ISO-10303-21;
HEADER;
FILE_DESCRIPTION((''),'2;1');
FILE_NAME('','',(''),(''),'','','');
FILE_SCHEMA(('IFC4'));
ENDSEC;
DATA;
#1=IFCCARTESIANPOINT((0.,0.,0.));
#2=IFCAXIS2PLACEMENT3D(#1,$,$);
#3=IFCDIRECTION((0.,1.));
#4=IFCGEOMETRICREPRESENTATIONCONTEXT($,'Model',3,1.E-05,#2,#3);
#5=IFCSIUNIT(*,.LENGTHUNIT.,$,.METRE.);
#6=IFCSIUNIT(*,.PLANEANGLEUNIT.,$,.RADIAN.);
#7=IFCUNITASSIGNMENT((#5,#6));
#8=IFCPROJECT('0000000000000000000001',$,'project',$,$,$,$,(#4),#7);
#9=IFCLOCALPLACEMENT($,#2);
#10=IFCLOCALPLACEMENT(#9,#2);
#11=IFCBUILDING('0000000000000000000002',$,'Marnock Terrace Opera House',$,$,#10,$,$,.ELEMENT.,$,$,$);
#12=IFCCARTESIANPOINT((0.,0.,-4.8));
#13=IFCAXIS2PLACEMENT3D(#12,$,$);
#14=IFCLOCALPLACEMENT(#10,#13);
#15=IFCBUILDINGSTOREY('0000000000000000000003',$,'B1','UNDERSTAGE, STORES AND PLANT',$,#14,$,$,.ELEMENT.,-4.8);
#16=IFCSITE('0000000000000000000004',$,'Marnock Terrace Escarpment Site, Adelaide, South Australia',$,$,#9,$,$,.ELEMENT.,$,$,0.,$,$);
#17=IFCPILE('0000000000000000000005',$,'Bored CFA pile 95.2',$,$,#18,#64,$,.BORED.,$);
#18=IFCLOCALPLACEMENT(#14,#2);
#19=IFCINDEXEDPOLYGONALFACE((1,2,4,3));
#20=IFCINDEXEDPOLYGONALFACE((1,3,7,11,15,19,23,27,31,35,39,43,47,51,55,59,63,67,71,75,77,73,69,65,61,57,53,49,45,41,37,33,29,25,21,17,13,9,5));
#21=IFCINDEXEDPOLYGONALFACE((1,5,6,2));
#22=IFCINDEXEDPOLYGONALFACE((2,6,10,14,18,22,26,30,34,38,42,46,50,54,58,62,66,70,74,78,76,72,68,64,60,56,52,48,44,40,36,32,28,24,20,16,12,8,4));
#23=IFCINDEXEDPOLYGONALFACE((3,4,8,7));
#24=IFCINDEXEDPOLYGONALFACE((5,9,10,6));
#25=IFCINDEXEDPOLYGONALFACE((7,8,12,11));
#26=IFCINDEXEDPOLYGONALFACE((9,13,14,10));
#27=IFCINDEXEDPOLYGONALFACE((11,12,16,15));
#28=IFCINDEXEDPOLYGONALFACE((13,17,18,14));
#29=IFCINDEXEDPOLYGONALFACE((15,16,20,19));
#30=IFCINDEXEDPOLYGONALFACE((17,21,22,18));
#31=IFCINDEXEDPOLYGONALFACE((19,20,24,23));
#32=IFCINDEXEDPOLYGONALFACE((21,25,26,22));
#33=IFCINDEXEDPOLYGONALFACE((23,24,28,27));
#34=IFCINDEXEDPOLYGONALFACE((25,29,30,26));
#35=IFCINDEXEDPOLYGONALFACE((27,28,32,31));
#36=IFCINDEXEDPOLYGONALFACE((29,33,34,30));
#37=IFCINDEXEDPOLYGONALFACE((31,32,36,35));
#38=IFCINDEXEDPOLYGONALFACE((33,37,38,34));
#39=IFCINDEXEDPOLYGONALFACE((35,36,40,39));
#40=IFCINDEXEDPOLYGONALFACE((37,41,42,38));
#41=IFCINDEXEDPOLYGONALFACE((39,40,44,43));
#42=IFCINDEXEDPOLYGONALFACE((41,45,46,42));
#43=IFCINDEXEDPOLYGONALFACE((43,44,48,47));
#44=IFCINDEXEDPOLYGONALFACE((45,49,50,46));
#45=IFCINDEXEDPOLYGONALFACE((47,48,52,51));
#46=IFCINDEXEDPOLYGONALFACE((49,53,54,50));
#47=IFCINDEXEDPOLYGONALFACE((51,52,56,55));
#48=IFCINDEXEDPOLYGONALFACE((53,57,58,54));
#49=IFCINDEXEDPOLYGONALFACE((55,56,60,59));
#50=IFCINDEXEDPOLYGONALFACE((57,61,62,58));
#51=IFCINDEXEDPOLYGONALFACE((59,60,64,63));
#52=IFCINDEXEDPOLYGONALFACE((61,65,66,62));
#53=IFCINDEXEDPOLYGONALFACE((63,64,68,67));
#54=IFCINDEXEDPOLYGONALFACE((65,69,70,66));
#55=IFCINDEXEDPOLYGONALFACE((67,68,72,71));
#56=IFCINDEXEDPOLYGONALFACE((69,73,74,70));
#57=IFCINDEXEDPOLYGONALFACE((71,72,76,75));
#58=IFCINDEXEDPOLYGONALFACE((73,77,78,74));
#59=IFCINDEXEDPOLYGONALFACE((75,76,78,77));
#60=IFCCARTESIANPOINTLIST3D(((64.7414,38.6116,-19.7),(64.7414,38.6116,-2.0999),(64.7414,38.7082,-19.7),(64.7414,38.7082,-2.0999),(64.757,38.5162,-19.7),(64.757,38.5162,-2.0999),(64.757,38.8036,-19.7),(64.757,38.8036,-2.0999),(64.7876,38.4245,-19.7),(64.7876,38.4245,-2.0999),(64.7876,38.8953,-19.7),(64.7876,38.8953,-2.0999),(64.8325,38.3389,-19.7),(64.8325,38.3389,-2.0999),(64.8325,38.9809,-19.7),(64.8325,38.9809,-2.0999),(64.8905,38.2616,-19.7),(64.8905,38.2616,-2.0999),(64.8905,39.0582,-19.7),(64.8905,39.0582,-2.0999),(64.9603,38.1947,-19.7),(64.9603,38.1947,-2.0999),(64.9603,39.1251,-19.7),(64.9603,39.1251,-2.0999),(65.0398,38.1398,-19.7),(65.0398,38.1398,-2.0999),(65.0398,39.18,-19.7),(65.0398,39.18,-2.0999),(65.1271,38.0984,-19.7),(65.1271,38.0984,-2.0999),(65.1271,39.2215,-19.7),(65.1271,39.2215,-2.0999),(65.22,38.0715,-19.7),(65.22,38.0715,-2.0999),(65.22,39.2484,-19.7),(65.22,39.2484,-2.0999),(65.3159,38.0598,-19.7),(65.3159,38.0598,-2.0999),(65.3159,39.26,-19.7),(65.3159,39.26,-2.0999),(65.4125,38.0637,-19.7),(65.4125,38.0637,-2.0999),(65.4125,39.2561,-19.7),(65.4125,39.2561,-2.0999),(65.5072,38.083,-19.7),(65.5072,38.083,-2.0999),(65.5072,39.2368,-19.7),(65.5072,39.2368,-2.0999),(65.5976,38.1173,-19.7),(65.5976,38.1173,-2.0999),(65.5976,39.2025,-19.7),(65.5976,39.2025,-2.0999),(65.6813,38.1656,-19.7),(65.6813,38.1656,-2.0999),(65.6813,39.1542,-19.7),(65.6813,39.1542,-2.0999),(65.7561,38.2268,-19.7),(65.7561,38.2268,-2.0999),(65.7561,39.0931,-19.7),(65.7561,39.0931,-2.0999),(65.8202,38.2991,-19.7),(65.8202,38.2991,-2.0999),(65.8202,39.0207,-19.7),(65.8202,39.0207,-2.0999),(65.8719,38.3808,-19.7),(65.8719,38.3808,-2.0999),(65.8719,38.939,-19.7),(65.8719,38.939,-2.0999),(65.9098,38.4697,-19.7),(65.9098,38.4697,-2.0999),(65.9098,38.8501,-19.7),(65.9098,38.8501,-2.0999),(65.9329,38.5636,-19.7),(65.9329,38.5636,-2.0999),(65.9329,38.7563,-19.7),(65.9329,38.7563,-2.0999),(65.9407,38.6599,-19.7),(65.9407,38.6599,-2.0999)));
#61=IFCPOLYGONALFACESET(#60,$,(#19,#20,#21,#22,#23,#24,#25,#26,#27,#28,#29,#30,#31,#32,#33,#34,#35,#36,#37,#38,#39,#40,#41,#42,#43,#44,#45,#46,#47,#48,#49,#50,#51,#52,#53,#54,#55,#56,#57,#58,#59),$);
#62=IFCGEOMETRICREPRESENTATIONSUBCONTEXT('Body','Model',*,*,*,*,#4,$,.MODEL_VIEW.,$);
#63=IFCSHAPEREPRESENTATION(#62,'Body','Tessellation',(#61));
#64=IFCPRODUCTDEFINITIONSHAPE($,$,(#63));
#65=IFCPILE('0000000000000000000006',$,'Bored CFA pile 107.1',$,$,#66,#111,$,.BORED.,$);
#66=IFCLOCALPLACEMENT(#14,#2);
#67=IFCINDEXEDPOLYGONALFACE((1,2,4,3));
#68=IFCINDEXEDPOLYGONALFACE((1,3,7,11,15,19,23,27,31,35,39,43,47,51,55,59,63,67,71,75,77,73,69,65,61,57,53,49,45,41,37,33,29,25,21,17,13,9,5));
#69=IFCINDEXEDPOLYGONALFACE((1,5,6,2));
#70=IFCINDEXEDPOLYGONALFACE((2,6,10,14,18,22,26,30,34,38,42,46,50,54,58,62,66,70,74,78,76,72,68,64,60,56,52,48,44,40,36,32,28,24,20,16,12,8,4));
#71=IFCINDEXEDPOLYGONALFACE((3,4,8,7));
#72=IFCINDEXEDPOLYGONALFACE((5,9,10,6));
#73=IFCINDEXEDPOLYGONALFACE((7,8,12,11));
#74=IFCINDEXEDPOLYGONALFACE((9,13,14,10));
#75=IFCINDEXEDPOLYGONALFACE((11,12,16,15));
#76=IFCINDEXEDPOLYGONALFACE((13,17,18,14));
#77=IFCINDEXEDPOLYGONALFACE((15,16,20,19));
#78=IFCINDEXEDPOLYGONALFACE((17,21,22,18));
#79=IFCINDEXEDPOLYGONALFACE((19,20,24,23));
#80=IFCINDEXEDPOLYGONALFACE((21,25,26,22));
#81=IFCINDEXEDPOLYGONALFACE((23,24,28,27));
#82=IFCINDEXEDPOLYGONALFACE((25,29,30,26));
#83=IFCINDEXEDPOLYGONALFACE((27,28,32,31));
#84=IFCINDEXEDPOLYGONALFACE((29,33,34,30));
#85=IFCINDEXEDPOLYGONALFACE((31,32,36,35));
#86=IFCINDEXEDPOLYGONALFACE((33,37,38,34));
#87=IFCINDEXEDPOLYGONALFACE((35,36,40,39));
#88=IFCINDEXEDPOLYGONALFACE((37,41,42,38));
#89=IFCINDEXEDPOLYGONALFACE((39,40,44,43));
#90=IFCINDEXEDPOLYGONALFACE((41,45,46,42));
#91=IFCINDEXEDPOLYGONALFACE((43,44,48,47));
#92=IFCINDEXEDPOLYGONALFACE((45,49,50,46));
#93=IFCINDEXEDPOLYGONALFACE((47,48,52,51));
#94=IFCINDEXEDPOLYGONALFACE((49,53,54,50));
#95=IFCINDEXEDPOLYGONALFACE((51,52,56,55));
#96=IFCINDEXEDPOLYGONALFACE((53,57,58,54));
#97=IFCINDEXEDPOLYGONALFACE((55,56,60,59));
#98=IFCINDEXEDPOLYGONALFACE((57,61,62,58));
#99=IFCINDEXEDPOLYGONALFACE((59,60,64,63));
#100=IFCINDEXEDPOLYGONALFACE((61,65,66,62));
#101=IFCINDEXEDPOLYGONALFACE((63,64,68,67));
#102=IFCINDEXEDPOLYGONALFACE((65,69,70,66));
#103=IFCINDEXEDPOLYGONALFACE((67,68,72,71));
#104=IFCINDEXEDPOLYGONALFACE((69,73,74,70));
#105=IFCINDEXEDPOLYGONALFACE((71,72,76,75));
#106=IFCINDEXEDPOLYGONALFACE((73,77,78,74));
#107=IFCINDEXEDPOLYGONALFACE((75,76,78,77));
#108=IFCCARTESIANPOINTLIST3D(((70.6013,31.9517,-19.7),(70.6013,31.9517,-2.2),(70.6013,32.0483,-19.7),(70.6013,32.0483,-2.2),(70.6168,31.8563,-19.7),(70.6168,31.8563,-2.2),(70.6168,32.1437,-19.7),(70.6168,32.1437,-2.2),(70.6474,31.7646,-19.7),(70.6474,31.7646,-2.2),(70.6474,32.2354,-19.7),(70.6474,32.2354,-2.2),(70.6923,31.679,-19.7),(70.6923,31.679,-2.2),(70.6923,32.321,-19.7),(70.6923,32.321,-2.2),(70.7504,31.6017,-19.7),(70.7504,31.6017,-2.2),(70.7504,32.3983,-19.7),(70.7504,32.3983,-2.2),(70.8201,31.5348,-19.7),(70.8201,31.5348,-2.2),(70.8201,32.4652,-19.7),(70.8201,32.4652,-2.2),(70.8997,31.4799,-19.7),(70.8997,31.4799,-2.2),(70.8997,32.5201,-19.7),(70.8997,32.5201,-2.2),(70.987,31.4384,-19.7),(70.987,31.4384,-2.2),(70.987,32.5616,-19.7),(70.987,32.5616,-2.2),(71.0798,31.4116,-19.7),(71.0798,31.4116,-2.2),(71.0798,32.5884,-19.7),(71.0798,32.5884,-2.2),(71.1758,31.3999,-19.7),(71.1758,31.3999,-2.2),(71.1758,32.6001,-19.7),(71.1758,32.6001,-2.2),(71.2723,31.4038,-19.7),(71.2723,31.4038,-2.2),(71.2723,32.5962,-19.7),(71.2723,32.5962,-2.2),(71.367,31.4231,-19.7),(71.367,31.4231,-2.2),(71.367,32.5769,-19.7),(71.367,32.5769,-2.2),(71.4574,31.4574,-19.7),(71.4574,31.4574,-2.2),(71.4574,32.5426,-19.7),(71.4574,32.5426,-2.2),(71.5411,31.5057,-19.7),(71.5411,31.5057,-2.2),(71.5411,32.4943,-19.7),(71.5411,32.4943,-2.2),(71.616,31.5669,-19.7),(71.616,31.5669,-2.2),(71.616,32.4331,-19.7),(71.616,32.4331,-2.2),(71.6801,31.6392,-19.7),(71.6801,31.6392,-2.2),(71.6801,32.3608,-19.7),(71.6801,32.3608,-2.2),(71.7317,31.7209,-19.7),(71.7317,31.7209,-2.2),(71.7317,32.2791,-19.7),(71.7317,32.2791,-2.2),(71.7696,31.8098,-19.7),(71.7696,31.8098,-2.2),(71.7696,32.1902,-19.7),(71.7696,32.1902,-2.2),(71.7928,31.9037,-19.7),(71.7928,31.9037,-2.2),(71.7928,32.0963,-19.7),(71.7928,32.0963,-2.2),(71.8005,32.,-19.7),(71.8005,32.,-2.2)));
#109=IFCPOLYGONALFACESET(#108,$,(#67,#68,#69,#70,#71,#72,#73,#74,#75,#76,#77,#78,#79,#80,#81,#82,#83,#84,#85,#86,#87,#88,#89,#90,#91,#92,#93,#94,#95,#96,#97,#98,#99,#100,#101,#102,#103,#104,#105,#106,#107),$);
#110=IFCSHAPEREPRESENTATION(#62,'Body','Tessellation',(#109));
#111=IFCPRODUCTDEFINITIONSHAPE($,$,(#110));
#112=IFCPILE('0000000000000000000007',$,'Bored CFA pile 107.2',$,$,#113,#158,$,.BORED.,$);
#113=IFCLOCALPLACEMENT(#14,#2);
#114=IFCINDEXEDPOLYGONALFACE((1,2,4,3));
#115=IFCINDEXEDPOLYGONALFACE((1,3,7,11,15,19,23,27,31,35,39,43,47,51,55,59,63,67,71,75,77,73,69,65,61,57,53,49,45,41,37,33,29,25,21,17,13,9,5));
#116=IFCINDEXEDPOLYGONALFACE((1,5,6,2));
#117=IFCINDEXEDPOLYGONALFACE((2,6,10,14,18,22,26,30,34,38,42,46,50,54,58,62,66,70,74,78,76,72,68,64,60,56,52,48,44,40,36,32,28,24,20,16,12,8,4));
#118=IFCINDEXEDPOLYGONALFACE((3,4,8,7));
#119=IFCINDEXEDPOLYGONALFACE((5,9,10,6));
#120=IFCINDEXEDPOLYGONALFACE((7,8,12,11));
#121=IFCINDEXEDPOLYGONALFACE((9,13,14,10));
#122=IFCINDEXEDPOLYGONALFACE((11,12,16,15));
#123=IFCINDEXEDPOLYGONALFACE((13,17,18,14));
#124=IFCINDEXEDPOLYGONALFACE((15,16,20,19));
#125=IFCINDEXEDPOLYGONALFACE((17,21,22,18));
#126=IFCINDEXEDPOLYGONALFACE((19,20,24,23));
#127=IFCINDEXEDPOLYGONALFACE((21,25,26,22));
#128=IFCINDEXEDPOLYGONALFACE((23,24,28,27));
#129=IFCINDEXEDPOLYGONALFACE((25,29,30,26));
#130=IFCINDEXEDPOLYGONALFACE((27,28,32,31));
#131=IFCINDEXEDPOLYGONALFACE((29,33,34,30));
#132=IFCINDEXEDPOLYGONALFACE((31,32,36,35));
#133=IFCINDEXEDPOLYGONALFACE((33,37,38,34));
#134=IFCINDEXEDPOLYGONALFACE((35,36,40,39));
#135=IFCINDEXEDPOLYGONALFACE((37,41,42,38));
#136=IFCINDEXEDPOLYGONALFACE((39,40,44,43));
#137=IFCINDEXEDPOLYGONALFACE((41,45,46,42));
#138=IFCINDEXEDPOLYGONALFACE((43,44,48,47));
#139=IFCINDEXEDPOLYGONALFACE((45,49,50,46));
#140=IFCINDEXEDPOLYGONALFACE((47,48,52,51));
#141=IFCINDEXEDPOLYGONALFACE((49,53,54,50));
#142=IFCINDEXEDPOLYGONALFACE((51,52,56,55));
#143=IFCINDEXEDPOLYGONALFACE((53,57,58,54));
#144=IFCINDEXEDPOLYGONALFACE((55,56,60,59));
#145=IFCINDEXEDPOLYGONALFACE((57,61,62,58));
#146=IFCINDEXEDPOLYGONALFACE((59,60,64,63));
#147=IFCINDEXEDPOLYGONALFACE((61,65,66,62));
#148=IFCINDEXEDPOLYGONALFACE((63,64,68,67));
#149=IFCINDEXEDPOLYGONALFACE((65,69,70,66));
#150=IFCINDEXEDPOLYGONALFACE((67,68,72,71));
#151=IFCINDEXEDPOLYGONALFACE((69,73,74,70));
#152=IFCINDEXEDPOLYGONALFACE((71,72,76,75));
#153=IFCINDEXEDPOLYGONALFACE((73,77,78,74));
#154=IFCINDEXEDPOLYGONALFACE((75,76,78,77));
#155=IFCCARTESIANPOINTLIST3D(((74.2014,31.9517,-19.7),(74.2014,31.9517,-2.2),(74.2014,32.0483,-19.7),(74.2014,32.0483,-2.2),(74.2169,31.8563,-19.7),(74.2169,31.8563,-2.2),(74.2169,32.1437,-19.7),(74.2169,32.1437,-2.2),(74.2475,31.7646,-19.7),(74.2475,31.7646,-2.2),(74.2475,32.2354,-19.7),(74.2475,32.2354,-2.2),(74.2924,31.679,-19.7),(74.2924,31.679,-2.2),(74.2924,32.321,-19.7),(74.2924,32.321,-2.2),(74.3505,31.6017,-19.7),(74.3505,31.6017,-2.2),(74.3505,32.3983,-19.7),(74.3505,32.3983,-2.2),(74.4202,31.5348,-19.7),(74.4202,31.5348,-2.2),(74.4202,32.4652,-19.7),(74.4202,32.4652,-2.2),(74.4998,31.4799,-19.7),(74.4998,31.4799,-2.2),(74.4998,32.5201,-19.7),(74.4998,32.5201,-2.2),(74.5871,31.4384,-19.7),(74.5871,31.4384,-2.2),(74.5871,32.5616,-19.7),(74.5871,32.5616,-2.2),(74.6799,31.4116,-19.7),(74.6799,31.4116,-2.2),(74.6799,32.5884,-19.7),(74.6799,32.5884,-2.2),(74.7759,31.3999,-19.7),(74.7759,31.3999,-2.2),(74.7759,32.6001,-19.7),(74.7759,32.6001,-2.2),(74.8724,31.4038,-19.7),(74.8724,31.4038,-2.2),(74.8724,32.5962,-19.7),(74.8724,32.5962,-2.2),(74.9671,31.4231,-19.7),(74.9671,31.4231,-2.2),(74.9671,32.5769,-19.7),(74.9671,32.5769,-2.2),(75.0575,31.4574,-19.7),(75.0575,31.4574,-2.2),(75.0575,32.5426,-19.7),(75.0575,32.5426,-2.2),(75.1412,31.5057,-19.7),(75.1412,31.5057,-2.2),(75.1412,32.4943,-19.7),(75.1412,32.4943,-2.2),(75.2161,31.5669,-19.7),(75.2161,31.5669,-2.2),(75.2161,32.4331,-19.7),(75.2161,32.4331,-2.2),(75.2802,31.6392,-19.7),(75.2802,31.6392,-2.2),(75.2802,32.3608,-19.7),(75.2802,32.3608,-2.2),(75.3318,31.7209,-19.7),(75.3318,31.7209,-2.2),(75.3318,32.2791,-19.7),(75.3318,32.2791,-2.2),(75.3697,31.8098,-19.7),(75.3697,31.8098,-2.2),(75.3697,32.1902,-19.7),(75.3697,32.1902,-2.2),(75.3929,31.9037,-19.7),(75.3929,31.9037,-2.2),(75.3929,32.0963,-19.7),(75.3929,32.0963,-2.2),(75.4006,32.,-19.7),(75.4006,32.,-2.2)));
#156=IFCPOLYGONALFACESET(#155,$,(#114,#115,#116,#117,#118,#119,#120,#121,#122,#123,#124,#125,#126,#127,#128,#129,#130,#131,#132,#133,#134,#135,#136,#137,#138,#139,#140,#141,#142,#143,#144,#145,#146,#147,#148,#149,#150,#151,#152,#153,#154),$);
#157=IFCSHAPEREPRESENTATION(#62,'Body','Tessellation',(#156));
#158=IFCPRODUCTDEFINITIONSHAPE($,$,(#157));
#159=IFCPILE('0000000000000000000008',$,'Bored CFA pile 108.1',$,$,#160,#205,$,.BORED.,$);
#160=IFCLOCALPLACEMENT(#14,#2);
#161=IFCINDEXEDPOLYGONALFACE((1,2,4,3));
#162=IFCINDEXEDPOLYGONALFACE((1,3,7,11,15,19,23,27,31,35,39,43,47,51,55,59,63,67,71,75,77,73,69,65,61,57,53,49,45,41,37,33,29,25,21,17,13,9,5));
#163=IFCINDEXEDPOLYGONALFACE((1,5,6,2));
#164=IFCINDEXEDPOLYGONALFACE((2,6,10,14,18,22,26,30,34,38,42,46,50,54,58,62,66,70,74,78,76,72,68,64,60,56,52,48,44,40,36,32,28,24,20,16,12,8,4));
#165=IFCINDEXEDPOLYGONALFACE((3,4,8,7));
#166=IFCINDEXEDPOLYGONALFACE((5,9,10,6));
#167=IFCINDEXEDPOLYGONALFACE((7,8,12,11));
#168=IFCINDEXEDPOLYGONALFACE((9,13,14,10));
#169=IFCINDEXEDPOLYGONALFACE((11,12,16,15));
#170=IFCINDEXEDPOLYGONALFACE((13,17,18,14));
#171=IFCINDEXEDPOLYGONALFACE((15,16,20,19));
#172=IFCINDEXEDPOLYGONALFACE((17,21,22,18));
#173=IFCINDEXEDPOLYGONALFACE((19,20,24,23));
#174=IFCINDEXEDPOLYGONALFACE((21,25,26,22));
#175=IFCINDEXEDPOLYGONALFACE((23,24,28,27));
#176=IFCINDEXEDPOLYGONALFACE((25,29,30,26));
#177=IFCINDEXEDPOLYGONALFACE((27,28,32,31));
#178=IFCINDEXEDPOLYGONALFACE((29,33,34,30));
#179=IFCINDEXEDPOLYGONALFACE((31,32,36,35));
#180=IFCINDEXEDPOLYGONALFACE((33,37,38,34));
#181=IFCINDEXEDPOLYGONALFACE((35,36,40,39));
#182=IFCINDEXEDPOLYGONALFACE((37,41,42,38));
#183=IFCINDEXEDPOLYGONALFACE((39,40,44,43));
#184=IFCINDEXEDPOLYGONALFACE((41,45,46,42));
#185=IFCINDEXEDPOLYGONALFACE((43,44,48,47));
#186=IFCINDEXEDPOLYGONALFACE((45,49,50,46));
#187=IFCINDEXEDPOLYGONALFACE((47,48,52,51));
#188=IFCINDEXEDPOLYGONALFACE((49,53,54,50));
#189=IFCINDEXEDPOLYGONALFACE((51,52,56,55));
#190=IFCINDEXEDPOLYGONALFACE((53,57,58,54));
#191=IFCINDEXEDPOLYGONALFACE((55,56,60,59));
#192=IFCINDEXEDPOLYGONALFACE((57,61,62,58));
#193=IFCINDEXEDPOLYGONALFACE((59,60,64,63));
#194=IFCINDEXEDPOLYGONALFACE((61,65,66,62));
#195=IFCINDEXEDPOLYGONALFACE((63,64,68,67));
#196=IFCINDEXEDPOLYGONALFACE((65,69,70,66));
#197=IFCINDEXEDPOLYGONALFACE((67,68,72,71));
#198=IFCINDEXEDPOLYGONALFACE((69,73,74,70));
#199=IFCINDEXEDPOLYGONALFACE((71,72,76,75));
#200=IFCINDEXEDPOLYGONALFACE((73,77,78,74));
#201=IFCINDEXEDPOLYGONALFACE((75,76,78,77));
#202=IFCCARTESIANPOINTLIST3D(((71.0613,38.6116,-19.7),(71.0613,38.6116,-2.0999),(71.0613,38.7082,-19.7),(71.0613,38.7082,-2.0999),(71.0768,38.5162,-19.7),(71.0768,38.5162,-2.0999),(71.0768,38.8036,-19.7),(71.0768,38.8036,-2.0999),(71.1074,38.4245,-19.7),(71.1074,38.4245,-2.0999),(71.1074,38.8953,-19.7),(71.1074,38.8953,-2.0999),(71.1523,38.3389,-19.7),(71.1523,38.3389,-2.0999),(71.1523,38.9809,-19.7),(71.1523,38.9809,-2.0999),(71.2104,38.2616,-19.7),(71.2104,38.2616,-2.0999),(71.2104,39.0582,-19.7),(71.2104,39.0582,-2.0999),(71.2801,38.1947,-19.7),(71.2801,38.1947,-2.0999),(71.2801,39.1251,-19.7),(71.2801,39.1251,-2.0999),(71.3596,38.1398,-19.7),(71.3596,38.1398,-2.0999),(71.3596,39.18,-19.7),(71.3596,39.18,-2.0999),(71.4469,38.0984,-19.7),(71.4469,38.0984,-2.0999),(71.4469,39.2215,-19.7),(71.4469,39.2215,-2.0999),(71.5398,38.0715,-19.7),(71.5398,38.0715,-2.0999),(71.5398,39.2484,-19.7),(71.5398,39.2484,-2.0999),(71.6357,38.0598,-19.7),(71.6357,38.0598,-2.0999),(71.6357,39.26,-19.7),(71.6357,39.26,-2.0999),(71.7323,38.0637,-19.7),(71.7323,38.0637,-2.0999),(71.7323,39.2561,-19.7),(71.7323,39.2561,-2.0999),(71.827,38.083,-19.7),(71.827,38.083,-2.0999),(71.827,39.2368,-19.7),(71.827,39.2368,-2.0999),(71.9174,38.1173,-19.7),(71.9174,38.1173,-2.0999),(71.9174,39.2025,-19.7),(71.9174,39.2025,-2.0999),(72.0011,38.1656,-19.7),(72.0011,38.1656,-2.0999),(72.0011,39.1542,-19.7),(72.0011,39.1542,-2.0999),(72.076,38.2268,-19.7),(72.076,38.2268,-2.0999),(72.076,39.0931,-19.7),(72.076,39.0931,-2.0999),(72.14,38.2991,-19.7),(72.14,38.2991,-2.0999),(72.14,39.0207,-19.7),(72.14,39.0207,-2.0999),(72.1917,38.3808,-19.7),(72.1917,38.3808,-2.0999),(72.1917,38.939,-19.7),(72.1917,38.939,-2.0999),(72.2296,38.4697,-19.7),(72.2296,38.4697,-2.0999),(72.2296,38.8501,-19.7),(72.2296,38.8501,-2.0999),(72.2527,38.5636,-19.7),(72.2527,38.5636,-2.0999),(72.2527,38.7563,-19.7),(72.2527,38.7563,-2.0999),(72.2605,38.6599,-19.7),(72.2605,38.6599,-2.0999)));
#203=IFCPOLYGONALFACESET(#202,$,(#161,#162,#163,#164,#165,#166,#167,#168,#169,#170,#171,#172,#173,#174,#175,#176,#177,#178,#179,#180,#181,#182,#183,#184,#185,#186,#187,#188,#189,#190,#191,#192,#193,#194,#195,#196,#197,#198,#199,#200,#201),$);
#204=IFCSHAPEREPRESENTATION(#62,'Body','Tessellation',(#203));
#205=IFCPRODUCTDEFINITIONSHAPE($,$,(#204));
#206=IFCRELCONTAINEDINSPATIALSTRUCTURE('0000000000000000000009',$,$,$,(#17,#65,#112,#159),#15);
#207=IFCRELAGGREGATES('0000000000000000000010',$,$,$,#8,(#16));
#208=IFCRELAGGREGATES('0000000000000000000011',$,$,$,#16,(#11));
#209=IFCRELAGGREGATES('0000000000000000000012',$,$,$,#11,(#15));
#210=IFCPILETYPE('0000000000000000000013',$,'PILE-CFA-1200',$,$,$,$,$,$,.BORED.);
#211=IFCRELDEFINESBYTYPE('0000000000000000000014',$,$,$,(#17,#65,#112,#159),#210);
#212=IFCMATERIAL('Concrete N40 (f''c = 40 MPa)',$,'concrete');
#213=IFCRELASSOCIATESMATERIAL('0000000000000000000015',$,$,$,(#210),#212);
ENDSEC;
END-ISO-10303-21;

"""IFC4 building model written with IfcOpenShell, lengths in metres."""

from ifc_helpers import new_model, si_unit, direction, frame, origin, origin_2d, place, context, subcontext, project, spatial, circle, extrude, material, material_profile, profile_set, type_object, element, save


model = new_model("IFC4")

# Units and contexts
model_context = context("Model", 3, precision=1e-05, world=origin(), true_north=direction((0.0, 1.0)))
body_context = subcontext(model_context, "Body", "Model", "MODEL_VIEW")
ifc_project = project(units=[si_unit("LENGTHUNIT", "METRE"), si_unit("PLANEANGLEUNIT", "RADIAN")], contexts=[model_context])

# Site, building, storey
site_placement = place(None, origin())
site = spatial("IfcSite", under=ifc_project, at=site_placement, Name="Marnock Terrace Escarpment Site, Adelaide, South Australia", CompositionType="ELEMENT", RefElevation=0.0)
building_placement = place(site_placement, origin())
building = spatial("IfcBuilding", under=site, at=building_placement, Name="Marnock Terrace Opera House", CompositionType="ELEMENT")
storey_placement = place(building_placement, frame((0.0, 0.0, -4.8)))
storey = spatial("IfcBuildingStorey", under=building, at=storey_placement, Name="B1", Description="UNDERSTAGE, STORES AND PLANT", CompositionType="ELEMENT", Elevation=-4.8)

# Shared definitions
ifc_material_1 = material(Name="Concrete N40 (f'c = 40 MPa)", Category="concrete")

# Piles
ifc_material_profile_1 = material_profile(ifc_material_1, circle(Radius=0.6006, at=origin_2d()))
ifc_profile_set_1 = profile_set([ifc_material_profile_1], Name="Concrete N40 (f'c = 40 MPa)")
pile_type = type_object("IfcPileType", Name="PILE-CFA-1200", PredefinedType="BORED", material=ifc_profile_set_1)
for number, where, z_axis, x_axis, name in (
    (1, (65.3401, 38.6599, -2.0999), (0.0, 0.0, -1.0), (1.0, 0.0, 0.0), "Bored CFA pile 95.2"),
):
    element("IfcPile", number, at=place(storey_placement, frame(where, z_axis=z_axis, x_axis=x_axis)), inside=storey, type_object=pile_type, Name=name, PredefinedType="BORED", context=body_context, shape_type="SweptSolid", body=[
        extrude(circle(Radius=0.6006, at=origin_2d()), origin(), (0.0, 0.0, 1.0), 17.6001),
    ])
for number, where, z_axis, x_axis, name in (
    (2, (71.2, 32.0, -2.2), (0.0, 0.0, -1.0), (1.0, 0.0, 0.0), "Bored CFA pile 107.1"),
    (3, (74.8, 32.0, -2.2), (0.0, 0.0, -1.0), (1.0, 0.0, 0.0), "Bored CFA pile 107.2"),
):
    element("IfcPile", number, at=place(storey_placement, frame(where, z_axis=z_axis, x_axis=x_axis)), inside=storey, type_object=pile_type, Name=name, PredefinedType="BORED", context=body_context, shape_type="SweptSolid", body=[
        extrude(circle(Radius=0.6006, at=origin_2d()), origin(), (0.0, 0.0, 1.0), 17.5),
    ])
for number, where, z_axis, x_axis, name in (
    (4, (71.6599, 38.6599, -2.0999), (0.0, 0.0, -1.0), (1.0, 0.0, 0.0), "Bored CFA pile 108.1"),
):
    element("IfcPile", number, at=place(storey_placement, frame(where, z_axis=z_axis, x_axis=x_axis)), inside=storey, type_object=pile_type, Name=name, PredefinedType="BORED", context=body_context, shape_type="SweptSolid", body=[
        extrude(circle(Radius=0.6006, at=origin_2d()), origin(), (0.0, 0.0, 1.0), 17.6001),
    ])

save(model, "model.ifc")
